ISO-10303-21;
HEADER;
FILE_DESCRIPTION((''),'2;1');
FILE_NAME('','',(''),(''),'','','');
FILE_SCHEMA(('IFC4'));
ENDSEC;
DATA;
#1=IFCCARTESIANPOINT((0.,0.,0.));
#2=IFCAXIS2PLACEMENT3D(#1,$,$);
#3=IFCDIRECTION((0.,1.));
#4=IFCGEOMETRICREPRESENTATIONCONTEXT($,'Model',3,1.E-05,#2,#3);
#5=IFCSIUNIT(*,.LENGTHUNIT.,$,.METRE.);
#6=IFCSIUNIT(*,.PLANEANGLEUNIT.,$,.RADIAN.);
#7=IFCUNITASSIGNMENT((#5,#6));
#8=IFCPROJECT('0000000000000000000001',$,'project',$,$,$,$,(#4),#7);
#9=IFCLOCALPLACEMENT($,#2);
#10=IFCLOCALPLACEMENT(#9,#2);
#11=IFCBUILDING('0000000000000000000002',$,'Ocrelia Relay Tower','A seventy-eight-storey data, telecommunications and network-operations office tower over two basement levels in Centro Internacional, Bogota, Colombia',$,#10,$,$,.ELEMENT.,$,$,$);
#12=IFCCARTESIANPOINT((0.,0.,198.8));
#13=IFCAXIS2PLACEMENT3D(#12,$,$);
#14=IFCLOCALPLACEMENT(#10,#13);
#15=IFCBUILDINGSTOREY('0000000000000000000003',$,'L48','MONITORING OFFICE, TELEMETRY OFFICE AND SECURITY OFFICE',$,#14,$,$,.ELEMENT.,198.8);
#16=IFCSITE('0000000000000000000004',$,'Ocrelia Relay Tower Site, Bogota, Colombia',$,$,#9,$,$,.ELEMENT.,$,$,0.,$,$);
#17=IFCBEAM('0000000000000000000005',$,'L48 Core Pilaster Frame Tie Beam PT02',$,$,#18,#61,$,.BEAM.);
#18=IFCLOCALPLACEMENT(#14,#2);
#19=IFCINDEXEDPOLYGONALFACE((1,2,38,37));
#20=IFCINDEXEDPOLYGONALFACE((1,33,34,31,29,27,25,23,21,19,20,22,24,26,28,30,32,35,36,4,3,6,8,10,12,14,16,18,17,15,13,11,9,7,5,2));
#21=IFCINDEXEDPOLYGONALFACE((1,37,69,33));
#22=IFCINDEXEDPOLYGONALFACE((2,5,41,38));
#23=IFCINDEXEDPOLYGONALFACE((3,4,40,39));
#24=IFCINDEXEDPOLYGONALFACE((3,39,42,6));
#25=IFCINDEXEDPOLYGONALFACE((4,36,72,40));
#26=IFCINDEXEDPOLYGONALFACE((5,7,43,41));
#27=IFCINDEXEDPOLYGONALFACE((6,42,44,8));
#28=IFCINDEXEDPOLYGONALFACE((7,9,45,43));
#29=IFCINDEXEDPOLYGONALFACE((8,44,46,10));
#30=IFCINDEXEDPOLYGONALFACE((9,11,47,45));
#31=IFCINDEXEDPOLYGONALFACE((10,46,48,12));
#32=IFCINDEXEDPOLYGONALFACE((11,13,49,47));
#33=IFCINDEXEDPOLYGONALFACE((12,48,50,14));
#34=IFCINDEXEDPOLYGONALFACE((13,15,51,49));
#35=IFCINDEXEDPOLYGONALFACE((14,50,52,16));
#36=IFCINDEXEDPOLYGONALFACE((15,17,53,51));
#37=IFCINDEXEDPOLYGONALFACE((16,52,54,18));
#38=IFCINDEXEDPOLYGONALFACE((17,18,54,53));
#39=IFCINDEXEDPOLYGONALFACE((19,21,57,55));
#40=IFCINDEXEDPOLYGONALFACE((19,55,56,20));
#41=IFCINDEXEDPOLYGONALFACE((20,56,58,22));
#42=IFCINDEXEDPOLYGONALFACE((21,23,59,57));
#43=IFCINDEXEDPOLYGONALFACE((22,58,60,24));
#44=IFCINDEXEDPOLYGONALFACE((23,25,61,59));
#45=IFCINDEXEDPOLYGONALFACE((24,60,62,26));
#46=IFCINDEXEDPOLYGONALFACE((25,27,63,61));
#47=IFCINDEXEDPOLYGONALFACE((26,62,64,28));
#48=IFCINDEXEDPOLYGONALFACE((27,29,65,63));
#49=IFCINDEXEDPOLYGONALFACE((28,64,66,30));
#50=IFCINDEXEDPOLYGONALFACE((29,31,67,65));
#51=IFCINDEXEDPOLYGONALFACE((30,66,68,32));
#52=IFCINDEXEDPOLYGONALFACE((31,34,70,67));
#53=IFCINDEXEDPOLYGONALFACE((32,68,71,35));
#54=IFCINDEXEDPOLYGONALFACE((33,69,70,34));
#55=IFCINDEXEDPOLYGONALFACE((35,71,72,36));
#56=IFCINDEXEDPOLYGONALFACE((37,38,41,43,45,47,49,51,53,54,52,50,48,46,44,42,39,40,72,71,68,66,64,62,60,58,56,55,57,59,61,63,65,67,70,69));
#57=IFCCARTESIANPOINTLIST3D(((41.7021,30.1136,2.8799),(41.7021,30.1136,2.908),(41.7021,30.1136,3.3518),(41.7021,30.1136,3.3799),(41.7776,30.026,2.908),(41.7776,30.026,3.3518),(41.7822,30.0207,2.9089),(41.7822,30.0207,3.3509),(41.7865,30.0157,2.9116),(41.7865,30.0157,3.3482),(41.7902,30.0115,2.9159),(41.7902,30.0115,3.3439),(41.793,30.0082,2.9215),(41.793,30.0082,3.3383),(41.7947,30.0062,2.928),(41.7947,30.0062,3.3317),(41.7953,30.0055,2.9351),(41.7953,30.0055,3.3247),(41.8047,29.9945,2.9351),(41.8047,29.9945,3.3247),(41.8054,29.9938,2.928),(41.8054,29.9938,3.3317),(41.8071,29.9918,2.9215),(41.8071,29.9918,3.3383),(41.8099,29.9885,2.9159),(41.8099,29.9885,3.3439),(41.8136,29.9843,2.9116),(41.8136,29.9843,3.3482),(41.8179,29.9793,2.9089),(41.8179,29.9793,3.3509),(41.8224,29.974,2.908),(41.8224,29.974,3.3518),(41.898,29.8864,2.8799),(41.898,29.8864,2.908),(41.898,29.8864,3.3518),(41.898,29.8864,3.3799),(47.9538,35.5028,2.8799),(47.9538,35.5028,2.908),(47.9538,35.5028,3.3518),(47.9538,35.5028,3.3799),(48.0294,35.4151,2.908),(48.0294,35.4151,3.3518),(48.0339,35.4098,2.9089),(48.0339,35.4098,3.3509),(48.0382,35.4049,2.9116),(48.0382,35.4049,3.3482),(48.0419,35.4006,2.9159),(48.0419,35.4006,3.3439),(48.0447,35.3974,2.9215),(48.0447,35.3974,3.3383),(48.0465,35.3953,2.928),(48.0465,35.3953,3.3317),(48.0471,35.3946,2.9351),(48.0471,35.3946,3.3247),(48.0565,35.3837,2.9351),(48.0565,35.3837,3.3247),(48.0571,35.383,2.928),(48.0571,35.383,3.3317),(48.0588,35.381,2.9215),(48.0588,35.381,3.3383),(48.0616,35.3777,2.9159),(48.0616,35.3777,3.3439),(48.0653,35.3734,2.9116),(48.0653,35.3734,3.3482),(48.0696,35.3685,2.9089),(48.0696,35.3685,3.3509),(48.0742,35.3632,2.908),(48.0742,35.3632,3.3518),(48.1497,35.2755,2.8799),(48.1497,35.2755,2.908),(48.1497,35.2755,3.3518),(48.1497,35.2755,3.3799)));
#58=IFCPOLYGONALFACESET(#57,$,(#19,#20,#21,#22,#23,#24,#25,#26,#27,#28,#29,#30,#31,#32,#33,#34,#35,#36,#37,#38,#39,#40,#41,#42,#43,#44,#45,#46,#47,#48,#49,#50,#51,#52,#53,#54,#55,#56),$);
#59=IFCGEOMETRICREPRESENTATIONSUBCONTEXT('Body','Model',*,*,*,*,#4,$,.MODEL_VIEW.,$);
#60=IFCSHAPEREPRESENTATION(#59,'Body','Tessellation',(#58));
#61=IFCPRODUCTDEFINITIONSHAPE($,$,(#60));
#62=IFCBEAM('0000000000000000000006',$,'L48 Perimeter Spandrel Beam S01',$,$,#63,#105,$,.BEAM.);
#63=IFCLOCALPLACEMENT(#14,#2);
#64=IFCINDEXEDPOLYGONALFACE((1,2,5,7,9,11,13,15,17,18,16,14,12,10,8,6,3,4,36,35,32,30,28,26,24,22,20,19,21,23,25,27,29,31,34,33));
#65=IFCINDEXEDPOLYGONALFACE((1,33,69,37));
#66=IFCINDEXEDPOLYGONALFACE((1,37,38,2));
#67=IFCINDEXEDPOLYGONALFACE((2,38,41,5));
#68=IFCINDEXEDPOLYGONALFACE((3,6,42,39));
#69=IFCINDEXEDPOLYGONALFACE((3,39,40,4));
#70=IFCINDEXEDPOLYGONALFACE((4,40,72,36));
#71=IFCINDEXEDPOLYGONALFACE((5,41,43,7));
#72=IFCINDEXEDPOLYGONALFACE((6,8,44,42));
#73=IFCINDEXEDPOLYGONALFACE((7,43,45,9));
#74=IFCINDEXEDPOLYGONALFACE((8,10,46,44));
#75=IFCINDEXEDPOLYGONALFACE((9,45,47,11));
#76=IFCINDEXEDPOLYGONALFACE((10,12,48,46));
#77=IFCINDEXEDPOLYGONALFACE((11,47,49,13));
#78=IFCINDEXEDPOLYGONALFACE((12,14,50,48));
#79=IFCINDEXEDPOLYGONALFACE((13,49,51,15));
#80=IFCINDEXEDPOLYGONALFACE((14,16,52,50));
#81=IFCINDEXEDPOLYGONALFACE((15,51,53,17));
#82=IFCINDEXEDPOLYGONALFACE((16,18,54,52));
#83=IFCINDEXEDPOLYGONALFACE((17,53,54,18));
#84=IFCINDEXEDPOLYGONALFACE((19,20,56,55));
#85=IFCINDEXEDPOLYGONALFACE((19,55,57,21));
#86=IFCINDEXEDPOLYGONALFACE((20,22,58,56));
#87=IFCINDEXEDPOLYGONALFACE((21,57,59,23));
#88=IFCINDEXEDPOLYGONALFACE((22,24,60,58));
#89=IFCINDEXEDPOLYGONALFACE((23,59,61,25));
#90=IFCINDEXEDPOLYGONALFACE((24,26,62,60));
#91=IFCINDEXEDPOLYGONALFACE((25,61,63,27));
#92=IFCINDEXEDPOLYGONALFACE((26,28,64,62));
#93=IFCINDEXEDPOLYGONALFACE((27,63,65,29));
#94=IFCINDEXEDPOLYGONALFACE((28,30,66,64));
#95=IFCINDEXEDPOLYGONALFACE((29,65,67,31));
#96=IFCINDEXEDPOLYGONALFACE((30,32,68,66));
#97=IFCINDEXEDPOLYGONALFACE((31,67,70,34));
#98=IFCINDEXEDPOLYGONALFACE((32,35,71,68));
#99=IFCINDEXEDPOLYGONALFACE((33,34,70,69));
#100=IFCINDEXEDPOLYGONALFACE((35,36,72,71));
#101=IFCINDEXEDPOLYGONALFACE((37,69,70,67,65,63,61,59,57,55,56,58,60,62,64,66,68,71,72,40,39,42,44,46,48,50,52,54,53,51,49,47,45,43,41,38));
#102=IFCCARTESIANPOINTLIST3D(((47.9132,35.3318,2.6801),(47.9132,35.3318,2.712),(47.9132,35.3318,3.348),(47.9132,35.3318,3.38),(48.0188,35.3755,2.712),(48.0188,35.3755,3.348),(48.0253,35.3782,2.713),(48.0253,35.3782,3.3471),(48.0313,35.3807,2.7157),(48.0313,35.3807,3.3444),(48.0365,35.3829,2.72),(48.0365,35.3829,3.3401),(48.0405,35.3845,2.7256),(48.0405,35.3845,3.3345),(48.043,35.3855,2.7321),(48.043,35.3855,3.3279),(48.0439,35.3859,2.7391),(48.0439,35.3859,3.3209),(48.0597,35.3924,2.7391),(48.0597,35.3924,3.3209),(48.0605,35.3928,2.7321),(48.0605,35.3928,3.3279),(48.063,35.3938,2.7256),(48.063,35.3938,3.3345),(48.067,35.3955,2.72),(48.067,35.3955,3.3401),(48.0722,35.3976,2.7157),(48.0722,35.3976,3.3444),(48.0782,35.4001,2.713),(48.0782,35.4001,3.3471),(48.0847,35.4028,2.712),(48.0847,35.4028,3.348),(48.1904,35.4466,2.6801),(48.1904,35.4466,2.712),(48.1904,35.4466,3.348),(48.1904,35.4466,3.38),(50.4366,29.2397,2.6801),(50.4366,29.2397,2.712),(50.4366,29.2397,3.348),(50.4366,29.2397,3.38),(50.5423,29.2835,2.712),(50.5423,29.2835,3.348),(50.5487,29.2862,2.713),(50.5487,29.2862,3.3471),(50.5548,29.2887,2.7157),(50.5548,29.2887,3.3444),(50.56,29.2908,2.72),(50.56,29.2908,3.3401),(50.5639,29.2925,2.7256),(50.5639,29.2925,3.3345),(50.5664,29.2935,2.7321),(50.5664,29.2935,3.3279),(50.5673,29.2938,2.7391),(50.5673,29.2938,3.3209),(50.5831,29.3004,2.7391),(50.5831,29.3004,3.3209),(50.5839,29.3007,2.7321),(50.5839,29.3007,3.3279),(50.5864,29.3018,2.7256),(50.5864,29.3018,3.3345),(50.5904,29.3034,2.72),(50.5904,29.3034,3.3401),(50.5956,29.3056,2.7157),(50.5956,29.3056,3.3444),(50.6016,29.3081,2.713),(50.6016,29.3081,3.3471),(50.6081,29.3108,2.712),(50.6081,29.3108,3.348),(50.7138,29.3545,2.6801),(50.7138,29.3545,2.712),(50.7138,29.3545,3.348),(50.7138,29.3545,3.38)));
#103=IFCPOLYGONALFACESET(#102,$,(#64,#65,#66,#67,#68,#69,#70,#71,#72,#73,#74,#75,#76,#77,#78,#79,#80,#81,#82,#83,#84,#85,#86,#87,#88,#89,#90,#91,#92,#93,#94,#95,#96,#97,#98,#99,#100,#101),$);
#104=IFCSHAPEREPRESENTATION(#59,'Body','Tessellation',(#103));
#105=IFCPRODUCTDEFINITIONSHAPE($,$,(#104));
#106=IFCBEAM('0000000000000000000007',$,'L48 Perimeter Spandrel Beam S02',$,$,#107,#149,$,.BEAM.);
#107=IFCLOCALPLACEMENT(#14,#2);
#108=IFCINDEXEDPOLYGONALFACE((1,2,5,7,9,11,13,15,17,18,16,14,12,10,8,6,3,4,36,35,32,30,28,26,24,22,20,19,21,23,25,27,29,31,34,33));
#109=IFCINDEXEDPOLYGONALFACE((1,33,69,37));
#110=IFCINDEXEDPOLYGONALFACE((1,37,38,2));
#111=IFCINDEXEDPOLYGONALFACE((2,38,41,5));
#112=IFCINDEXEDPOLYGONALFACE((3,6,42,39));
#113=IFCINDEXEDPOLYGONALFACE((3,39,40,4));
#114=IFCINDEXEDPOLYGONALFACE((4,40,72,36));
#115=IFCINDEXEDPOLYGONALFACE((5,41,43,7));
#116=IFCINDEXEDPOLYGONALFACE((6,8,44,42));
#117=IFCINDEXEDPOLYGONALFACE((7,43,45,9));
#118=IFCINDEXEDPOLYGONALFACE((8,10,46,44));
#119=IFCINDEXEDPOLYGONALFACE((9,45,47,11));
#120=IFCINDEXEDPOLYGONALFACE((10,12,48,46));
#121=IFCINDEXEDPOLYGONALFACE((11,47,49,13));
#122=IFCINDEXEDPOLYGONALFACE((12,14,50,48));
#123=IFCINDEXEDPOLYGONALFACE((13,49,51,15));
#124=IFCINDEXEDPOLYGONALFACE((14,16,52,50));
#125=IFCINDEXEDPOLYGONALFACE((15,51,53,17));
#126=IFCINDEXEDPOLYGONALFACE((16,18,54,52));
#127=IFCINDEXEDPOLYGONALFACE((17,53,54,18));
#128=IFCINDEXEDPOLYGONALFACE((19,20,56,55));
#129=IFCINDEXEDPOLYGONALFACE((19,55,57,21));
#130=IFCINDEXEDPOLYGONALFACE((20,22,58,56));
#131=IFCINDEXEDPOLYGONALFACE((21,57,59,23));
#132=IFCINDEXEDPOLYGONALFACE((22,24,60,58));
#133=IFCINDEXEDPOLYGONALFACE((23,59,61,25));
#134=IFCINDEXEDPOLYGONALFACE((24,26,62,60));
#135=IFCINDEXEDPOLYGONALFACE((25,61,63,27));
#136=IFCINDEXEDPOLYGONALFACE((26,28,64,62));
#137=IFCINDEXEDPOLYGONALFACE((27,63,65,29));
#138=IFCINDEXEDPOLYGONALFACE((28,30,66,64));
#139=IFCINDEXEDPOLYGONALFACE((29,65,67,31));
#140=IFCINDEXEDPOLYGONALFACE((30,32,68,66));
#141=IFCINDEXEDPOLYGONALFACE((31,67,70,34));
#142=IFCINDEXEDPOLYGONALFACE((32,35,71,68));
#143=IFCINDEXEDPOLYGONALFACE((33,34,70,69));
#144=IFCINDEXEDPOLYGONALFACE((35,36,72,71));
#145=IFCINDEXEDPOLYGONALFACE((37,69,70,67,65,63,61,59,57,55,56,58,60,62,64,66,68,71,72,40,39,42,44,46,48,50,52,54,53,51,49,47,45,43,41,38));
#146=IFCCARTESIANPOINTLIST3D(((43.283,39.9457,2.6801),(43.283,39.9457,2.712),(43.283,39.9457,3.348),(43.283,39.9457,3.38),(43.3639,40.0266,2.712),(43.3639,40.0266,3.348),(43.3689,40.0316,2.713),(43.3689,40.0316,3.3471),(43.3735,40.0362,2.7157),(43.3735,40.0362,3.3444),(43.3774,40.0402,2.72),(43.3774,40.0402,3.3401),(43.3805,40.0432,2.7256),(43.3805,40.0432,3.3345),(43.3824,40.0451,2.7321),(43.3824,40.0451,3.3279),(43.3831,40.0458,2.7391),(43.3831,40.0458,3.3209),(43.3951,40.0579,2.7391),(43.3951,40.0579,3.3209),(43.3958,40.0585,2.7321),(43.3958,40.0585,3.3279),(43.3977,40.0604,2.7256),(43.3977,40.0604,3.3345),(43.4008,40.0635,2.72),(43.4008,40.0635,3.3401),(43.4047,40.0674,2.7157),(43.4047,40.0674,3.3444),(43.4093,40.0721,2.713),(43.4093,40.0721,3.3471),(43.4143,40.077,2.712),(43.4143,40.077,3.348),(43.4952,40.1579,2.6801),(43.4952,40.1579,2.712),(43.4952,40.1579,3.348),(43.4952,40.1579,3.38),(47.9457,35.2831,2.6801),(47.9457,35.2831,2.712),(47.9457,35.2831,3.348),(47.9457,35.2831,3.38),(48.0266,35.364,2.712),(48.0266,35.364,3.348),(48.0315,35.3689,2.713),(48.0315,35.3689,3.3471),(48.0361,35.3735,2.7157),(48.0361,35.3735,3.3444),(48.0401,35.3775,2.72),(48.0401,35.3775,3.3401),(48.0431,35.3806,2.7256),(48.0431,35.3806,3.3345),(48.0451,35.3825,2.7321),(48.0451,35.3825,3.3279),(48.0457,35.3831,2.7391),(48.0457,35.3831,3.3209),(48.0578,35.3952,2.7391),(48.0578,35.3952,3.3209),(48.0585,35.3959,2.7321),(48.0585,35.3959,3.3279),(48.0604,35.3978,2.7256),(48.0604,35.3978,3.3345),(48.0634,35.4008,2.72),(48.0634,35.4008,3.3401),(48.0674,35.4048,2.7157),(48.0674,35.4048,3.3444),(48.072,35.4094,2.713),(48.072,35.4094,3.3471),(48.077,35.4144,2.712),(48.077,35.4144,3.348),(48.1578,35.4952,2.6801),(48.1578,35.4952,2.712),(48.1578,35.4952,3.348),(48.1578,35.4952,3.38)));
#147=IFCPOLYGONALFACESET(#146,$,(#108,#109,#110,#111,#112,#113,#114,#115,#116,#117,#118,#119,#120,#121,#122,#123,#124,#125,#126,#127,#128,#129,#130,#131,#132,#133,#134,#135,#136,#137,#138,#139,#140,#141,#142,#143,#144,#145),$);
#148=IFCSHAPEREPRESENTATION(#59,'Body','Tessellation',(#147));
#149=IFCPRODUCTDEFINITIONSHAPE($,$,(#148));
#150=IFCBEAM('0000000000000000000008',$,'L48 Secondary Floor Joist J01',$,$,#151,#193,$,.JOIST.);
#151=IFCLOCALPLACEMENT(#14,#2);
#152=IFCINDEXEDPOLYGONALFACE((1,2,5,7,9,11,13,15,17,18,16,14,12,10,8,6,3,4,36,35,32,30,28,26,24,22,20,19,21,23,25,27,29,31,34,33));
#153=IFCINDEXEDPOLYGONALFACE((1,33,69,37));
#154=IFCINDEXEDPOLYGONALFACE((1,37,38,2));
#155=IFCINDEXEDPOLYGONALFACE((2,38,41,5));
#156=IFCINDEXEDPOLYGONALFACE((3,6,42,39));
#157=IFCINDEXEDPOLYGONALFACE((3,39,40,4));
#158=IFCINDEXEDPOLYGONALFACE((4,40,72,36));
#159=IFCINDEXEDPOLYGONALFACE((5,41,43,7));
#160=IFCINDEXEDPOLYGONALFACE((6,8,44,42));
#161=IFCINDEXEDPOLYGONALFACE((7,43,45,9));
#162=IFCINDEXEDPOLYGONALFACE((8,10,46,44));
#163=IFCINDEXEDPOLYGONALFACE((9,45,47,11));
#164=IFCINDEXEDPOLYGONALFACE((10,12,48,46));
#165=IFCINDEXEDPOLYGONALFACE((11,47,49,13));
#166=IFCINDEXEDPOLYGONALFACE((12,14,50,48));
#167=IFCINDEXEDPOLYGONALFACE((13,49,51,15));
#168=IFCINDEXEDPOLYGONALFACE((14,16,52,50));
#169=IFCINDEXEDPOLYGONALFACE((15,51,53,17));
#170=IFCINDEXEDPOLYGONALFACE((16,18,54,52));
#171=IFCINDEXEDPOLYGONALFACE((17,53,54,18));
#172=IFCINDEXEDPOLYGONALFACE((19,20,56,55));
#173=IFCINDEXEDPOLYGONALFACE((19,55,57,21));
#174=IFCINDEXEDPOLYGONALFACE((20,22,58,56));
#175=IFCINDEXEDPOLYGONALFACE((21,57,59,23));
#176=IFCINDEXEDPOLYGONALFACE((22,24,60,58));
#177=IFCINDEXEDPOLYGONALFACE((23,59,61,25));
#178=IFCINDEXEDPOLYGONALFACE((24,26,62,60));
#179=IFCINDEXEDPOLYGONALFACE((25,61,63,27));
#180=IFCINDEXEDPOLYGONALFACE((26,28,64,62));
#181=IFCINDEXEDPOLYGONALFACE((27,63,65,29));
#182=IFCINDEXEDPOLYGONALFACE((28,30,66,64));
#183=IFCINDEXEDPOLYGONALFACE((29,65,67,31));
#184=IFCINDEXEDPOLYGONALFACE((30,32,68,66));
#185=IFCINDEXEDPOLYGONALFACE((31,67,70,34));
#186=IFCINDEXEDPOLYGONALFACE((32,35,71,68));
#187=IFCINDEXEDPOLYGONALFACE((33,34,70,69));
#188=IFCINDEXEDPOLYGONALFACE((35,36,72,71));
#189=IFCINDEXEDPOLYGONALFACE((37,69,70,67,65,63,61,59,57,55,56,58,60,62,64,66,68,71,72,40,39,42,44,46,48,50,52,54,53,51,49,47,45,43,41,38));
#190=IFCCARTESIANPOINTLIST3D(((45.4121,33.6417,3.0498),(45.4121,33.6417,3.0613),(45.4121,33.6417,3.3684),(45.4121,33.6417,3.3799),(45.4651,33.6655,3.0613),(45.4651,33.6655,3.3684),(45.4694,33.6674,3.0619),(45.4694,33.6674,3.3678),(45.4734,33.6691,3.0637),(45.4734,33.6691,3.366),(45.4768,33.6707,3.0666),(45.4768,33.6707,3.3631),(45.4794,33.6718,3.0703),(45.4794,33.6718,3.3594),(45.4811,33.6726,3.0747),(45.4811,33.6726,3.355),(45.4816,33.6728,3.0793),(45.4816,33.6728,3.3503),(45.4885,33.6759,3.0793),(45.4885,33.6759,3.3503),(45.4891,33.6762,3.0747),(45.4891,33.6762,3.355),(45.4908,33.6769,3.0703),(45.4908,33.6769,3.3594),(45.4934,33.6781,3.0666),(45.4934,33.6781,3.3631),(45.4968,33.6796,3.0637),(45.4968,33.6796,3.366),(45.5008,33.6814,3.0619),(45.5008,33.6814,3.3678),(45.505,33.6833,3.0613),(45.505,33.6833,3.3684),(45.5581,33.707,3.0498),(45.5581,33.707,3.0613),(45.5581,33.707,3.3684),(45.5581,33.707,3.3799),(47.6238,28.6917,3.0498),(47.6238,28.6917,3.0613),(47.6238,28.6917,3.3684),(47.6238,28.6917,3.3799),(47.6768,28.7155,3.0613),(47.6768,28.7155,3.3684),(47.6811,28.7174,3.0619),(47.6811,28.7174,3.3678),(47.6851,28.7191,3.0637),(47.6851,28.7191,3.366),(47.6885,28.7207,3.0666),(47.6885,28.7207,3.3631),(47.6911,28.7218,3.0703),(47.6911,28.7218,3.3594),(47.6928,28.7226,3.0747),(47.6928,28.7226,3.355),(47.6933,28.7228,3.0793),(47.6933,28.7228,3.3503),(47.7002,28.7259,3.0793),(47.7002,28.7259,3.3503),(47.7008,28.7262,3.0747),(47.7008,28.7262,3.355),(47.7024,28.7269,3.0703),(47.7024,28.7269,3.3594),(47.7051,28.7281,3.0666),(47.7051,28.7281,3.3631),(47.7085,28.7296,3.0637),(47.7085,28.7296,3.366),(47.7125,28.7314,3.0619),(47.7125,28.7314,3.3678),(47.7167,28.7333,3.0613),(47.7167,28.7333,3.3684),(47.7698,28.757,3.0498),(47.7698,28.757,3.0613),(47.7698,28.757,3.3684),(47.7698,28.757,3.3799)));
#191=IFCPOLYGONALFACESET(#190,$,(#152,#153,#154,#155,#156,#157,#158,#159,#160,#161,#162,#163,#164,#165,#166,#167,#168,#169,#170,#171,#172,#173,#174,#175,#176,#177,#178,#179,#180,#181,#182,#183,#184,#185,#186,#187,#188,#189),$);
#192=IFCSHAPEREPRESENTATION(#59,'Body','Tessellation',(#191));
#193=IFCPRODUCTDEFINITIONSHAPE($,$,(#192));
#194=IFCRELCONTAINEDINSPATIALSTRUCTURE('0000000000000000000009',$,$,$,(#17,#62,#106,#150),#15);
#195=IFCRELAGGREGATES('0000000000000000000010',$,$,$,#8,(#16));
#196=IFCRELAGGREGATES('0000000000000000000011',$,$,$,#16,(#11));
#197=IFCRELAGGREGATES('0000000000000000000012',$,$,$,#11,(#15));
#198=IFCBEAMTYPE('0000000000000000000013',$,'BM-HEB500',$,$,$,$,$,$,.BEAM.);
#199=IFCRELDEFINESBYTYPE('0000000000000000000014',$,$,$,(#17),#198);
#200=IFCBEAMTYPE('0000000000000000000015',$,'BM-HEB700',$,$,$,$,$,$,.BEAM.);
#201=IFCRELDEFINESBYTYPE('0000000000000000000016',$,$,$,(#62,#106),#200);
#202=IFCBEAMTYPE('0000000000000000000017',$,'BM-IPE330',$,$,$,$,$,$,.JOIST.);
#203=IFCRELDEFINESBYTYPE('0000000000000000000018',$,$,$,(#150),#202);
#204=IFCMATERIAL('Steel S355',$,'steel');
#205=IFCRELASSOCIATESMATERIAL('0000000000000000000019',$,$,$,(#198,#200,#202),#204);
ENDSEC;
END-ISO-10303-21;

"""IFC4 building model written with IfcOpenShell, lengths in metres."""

from ifc_helpers import new_model, si_unit, direction, frame, origin, origin_2d, place, context, subcontext, project, spatial, i_section, extrude, material, material_profile, profile_set, type_object, element, save


model = new_model("IFC4")

# Units and contexts
model_context = context("Model", 3, precision=1e-05, world=origin(), true_north=direction((0.0, 1.0)))
body_context = subcontext(model_context, "Body", "Model", "MODEL_VIEW")
ifc_project = project(units=[si_unit("LENGTHUNIT", "METRE"), si_unit("PLANEANGLEUNIT", "RADIAN")], contexts=[model_context])

# Site, building, storey
site_placement = place(None, origin())
site = spatial("IfcSite", under=ifc_project, at=site_placement, Name="Ocrelia Relay Tower Site, Bogota, Colombia", CompositionType="ELEMENT", RefElevation=0.0)
building_placement = place(site_placement, origin())
building = spatial("IfcBuilding", under=site, at=building_placement, Name="Ocrelia Relay Tower", Description="A seventy-eight-storey data, telecommunications and network-operations office tower over two basement levels in Centro Internacional, Bogota, Colombia", CompositionType="ELEMENT")
storey_placement = place(building_placement, frame((0.0, 0.0, 198.8)))
storey = spatial("IfcBuildingStorey", under=building, at=storey_placement, Name="L48", Description="MONITORING OFFICE, TELEMETRY OFFICE AND SECURITY OFFICE", CompositionType="ELEMENT", Elevation=198.8)

# Beams
ifc_material_1 = material(Name="Steel S355", Category="steel")
ifc_material_profile_1 = material_profile(ifc_material_1, i_section(OverallWidth=0.3, OverallDepth=0.5, WebThickness=0.0144, FlangeThickness=0.0281, FilletRadius=0.0271, at=origin_2d()), Name="HEB 500")
ifc_profile_set_1 = profile_set([ifc_material_profile_1], Name="Steel S355")
beam_type_1 = type_object("IfcBeamType", Name="BM-HEB500", PredefinedType="BEAM", material=ifc_profile_set_1)
beam_1_placement = place(storey_placement, frame((48.0518, 35.3892, 3.1299), z_axis=(-0.757425, -0.652923, 0.0), x_axis=(0.652923, -0.757425, 0.0)))
element("IfcBeam", 1, at=beam_1_placement, inside=storey, type_object=beam_type_1, Name="L48 Core Pilaster Frame Tie Beam PT02", PredefinedType="BEAM", context=body_context, shape_type="SweptSolid", body=[
    extrude(i_section(OverallWidth=0.3, OverallDepth=0.5, WebThickness=0.0144, FlangeThickness=0.0281, FilletRadius=0.0271, at=origin_2d()), origin(), (0.0, 0.0, 1.0), 8.2539),
])
ifc_material_profile_2 = material_profile(ifc_material_1, i_section(OverallWidth=0.3, OverallDepth=0.7, WebThickness=0.0171, FlangeThickness=0.032, FilletRadius=0.0271, at=origin_2d()), Name="HEB 700")
ifc_profile_set_2 = profile_set([ifc_material_profile_2], Name="Steel S355")
beam_type_2 = type_object("IfcBeamType", Name="BM-HEB700", PredefinedType="BEAM", material=ifc_profile_set_2)
for number, where, z_axis, x_axis, name in (
    (2, (50.5752, 29.2971, 3.03), (-0.382688, 0.923878, 0.0), (-0.923878, -0.382688, 0.0), "L48 Perimeter Spandrel Beam S01"),
    (3, (48.0518, 35.3892, 3.03), (-0.707107, 0.707107, 0.0), (-0.707107, -0.707107, 0.0), "L48 Perimeter Spandrel Beam S02"),
):
    element("IfcBeam", number, at=place(storey_placement, frame(where, z_axis=z_axis, x_axis=x_axis)), inside=storey, type_object=beam_type_2, Name=name, PredefinedType="BEAM", context=body_context, shape_type="SweptSolid", body=[
        extrude(i_section(OverallWidth=0.3, OverallDepth=0.7, WebThickness=0.0171, FlangeThickness=0.032, FilletRadius=0.0271, at=origin_2d()), origin(), (0.0, 0.0, 1.0), 6.594),
    ])
ifc_material_profile_3 = material_profile(ifc_material_1, i_section(OverallWidth=0.1599, OverallDepth=0.3301, WebThickness=0.0076, FlangeThickness=0.0115, FilletRadius=0.0181, at=origin_2d()), Name="IPE 330")
ifc_profile_set_3 = profile_set([ifc_material_profile_3], Name="Steel S355")
beam_type_3 = type_object("IfcBeamType", Name="BM-IPE330", PredefinedType="JOIST", material=ifc_profile_set_3)
beam_2_placement = place(storey_placement, frame((47.6968, 28.7244, 3.2148), z_axis=(-0.407938, 0.913009, 0.0), x_axis=(-0.913009, -0.407938, 0.0)))
element("IfcBeam", 4, at=beam_2_placement, inside=storey, type_object=beam_type_3, Name="L48 Secondary Floor Joist J01", PredefinedType="JOIST", context=body_context, shape_type="SweptSolid", body=[
    extrude(i_section(OverallWidth=0.1599, OverallDepth=0.3301, WebThickness=0.0076, FlangeThickness=0.0115, FilletRadius=0.0181, at=origin_2d()), origin(), (0.0, 0.0, 1.0), 5.4216),
])

save(model, "model.ifc")
